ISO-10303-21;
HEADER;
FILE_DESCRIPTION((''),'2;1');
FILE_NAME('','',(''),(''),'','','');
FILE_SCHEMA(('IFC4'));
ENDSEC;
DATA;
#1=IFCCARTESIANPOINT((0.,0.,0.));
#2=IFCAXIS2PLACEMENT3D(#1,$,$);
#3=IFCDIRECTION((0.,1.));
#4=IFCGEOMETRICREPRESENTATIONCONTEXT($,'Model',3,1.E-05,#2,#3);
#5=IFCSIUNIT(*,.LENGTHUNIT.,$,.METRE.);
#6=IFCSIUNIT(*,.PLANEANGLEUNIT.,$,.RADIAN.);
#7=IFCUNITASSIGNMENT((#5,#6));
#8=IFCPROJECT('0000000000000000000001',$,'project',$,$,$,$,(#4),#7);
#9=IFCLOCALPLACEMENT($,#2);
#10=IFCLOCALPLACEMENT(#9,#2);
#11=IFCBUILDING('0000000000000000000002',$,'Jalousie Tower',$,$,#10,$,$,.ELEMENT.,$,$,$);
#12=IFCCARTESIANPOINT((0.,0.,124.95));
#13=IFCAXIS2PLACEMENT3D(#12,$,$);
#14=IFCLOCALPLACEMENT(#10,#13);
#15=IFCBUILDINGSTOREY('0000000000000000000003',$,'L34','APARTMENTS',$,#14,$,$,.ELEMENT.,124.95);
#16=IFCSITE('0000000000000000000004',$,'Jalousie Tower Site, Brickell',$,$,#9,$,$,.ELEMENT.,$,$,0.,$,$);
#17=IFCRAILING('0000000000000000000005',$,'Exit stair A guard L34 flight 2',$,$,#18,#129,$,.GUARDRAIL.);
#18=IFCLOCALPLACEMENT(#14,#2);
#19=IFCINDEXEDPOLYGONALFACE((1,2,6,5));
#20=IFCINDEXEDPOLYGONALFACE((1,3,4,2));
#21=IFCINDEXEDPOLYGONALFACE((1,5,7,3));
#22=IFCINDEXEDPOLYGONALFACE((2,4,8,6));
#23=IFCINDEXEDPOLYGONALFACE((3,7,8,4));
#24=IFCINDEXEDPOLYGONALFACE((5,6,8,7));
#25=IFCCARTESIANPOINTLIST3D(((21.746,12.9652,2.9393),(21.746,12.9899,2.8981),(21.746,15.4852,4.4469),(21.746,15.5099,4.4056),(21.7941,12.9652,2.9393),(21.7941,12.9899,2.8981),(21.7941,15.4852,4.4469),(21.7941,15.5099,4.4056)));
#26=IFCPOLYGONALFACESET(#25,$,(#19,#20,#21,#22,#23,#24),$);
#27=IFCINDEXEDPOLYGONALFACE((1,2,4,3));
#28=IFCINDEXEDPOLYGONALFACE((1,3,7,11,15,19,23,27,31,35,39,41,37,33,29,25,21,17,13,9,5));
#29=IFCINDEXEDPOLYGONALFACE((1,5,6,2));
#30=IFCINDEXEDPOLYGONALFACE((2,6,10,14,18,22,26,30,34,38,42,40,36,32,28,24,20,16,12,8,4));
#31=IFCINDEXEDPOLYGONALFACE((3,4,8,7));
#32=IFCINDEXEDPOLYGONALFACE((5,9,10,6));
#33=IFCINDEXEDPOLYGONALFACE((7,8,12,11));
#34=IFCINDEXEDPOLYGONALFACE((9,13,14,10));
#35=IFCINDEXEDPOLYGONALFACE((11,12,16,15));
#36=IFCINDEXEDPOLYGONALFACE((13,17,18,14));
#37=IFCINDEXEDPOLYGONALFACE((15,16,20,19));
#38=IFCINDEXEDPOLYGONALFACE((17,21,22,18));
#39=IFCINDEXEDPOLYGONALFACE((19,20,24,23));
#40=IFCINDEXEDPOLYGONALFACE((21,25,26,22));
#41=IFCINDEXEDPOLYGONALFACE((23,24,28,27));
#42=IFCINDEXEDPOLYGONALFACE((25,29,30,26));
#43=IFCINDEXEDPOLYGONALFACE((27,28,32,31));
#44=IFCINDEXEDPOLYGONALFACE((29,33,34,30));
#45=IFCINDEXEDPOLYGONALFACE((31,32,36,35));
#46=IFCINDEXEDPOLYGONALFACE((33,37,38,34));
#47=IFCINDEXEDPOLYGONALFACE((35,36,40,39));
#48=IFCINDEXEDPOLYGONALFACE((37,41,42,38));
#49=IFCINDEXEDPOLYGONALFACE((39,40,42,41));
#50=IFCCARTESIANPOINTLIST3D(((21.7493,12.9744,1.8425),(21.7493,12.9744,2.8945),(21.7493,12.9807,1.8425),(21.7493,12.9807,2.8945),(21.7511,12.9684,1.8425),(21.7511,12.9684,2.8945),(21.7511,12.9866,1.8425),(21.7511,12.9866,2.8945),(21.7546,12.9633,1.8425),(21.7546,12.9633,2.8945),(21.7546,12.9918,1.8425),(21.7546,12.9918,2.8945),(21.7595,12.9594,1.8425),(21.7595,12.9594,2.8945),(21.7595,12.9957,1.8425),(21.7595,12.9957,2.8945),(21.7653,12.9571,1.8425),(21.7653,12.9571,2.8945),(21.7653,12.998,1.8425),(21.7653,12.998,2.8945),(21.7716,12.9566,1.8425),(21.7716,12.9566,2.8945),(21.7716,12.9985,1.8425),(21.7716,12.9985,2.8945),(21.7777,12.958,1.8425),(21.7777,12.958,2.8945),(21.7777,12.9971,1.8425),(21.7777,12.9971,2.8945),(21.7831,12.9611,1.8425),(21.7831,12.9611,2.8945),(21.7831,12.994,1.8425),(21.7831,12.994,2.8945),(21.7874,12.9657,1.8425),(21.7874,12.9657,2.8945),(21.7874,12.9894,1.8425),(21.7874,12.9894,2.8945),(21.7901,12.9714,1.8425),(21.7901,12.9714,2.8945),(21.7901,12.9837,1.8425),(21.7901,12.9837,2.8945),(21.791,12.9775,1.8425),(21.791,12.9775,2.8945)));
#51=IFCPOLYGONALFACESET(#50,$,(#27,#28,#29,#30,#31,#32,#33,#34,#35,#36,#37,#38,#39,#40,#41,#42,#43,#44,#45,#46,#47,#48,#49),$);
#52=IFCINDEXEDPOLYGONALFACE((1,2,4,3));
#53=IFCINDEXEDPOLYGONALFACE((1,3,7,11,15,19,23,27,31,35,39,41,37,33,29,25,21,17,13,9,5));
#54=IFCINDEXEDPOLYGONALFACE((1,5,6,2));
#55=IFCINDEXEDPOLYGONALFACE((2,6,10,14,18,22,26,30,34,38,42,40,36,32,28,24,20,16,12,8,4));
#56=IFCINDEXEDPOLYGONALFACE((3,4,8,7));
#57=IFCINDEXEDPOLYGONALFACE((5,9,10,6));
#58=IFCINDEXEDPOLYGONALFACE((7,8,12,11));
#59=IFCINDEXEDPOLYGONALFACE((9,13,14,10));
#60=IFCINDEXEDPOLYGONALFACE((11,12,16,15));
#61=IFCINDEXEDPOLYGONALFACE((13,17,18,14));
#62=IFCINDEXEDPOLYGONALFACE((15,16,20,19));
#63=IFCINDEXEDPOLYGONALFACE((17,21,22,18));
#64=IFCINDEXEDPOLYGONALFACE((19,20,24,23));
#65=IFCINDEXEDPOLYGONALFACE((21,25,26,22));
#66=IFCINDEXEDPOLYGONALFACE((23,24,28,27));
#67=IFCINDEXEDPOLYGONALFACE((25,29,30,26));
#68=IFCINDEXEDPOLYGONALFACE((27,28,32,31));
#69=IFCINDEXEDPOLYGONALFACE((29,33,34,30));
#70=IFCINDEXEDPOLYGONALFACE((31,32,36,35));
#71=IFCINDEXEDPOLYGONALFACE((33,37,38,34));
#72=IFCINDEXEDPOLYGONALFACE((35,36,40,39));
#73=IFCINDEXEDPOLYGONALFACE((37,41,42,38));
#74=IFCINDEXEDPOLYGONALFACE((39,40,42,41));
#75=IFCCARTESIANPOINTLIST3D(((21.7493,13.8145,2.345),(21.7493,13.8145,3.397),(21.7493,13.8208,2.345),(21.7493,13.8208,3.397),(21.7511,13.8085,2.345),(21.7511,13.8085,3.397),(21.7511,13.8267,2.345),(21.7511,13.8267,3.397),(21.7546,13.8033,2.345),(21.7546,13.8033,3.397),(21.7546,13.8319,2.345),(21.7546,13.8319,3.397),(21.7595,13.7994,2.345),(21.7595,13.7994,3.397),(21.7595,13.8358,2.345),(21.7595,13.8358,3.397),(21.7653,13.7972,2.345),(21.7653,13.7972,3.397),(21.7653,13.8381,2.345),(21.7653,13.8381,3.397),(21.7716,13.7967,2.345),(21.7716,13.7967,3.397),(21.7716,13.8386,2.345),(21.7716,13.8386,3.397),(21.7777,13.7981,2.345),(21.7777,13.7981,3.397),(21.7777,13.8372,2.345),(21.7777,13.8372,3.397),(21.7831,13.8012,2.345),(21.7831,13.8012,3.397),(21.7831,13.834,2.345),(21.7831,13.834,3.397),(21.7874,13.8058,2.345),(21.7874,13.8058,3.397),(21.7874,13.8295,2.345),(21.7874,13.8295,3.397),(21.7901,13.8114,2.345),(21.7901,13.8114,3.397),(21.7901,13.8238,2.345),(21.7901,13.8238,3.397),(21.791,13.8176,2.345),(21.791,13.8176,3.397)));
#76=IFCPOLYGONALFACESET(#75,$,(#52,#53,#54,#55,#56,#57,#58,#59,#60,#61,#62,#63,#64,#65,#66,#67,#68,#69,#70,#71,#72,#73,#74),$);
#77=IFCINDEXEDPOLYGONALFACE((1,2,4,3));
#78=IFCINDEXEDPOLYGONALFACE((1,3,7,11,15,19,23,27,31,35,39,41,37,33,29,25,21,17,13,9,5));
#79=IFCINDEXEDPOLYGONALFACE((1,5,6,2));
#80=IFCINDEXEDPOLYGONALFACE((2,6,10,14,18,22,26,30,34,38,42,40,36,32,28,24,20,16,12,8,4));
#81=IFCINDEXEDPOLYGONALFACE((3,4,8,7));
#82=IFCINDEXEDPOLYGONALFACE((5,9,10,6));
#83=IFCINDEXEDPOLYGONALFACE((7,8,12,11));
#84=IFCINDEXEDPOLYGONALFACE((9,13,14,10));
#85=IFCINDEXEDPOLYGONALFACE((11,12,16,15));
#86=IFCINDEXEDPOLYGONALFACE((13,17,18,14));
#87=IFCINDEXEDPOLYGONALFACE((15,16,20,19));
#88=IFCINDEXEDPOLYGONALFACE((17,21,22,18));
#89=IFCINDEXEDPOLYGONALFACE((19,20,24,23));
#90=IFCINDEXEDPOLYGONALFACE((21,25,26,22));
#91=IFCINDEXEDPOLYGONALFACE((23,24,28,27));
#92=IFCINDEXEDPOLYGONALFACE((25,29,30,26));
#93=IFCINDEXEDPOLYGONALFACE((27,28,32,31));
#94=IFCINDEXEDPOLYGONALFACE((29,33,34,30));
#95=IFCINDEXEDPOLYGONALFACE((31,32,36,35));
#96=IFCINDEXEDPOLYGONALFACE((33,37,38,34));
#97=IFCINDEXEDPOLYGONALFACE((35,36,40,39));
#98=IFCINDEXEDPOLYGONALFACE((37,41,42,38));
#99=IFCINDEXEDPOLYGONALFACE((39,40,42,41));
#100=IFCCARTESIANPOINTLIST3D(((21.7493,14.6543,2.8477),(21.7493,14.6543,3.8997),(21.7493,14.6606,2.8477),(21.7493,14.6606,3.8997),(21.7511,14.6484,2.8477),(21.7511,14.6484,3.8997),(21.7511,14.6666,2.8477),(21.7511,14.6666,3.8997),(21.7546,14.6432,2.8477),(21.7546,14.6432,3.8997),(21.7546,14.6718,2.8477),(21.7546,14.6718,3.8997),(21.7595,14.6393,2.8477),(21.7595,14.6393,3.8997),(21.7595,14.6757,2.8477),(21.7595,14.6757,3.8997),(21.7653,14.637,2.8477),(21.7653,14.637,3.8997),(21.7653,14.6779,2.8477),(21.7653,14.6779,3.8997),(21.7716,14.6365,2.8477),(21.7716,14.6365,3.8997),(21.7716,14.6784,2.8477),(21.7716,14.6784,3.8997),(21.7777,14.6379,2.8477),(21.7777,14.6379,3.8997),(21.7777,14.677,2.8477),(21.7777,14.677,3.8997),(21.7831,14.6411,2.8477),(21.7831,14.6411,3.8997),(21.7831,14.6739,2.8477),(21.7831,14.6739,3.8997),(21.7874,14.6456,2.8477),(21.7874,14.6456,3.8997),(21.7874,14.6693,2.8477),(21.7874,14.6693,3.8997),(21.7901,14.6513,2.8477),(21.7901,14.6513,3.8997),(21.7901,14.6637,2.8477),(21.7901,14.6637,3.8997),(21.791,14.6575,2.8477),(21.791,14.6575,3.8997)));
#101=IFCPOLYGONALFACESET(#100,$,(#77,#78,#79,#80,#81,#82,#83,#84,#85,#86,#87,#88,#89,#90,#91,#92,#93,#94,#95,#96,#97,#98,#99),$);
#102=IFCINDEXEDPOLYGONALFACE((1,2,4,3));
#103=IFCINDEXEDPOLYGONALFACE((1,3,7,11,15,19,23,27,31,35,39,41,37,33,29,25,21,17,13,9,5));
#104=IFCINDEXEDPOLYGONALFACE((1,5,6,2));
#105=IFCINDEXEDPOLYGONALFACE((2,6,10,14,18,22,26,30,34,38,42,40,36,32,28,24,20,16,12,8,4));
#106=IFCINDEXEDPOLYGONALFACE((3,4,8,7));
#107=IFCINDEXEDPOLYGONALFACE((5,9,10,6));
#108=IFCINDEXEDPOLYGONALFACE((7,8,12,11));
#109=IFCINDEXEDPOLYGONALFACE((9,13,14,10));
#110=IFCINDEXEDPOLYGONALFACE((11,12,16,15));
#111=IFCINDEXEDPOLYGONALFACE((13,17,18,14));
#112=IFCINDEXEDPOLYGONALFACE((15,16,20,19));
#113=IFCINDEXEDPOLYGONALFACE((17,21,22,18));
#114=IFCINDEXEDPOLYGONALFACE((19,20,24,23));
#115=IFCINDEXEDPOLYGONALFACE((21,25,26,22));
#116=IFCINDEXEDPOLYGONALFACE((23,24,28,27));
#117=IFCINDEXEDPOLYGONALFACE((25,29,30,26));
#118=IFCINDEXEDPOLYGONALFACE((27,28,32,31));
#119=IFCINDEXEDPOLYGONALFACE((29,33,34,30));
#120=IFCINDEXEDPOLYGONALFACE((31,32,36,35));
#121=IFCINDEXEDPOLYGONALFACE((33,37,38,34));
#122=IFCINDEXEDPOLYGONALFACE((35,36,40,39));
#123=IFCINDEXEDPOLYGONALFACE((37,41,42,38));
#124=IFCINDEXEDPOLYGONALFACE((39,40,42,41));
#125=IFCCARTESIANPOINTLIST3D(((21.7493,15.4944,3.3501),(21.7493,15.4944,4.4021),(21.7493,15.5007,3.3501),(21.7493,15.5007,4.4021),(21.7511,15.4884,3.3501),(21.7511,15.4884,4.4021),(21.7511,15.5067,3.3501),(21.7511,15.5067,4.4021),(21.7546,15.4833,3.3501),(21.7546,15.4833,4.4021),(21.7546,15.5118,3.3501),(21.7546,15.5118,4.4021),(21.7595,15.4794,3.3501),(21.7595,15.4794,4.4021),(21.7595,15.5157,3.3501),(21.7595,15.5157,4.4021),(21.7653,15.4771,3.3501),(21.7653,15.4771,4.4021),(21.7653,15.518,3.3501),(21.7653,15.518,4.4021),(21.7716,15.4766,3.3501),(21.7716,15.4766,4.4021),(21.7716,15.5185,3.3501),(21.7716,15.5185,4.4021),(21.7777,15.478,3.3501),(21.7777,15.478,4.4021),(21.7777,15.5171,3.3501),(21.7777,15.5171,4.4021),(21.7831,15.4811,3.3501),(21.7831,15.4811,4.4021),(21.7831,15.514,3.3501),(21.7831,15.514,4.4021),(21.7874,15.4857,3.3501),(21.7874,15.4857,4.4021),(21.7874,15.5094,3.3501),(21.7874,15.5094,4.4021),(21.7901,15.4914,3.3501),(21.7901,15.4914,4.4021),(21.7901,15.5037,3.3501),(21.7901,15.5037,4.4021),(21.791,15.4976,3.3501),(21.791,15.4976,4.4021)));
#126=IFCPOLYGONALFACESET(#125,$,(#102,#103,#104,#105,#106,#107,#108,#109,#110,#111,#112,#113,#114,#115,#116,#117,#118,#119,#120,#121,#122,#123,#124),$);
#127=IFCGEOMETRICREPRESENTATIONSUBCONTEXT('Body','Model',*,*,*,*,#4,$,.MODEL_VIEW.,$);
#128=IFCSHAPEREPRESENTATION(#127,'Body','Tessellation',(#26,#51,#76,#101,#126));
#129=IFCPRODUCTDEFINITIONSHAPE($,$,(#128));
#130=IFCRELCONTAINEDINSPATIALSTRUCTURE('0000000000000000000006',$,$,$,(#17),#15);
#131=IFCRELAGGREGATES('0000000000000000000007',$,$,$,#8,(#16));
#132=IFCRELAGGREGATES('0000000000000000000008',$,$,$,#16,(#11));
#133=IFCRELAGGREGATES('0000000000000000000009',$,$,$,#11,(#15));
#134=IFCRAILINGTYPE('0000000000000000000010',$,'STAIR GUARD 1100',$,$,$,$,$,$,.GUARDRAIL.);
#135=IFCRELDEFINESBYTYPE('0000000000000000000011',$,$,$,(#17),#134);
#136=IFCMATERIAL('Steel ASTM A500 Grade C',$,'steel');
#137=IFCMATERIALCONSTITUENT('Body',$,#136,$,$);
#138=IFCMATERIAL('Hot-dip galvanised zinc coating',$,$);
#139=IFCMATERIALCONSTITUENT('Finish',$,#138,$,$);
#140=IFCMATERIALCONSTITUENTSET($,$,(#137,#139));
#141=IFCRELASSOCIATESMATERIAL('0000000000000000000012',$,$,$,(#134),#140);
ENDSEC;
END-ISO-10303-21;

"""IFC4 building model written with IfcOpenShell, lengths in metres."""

from ifc_helpers import new_model, si_unit, direction, frame, origin, origin_2d, place, context, subcontext, project, spatial, rectangle, circle, extrude, material, constituent, constituent_set, type_object, element, save


model = new_model("IFC4")

# Units and contexts
model_context = context("Model", 3, precision=1e-05, world=origin(), true_north=direction((0.0, 1.0)))
body_context = subcontext(model_context, "Body", "Model", "MODEL_VIEW")
ifc_project = project(units=[si_unit("LENGTHUNIT", "METRE"), si_unit("PLANEANGLEUNIT", "RADIAN")], contexts=[model_context])

# Site, building, storey
site_placement = place(None, origin())
site = spatial("IfcSite", under=ifc_project, at=site_placement, Name="Jalousie Tower Site, Brickell", CompositionType="ELEMENT", RefElevation=0.0)
building_placement = place(site_placement, origin())
building = spatial("IfcBuilding", under=site, at=building_placement, Name="Jalousie Tower", CompositionType="ELEMENT")
storey_placement = place(building_placement, frame((0.0, 0.0, 124.95)))
storey = spatial("IfcBuildingStorey", under=building, at=storey_placement, Name="L34", Description="APARTMENTS", CompositionType="ELEMENT", Elevation=124.95)

# Railing
ifc_material_1 = material(Name="Steel ASTM A500 Grade C", Category="steel")
ifc_constituent_1 = constituent(ifc_material_1, Name="Body")
ifc_material_2 = material(Name="Hot-dip galvanised zinc coating")
ifc_constituent_2 = constituent(ifc_material_2, Name="Finish")
ifc_constituent_set_1 = constituent_set(constituents=[ifc_constituent_1, ifc_constituent_2])
railing_type_1 = type_object("IfcRailingType", Name="STAIR GUARD 1100", PredefinedType="GUARDRAIL", material=ifc_constituent_set_1)
railing_1_placement = place(storey_placement, frame((21.77, 12.9775, 1.8425)))
element("IfcRailing", 1, at=railing_1_placement, inside=storey, type_object=railing_type_1, Name="Exit stair A guard L34 flight 2", PredefinedType="GUARDRAIL", context=body_context, shape_type="SweptSolid", body=[
    extrude(rectangle(XDim=0.0481, YDim=0.0481, at=origin_2d()), frame((0.0, 0.0, 1.0762), z_axis=(0.0, 0.85816, 0.513383), x_axis=(-1.0, 0.0, 0.0)), (0.0, 0.0, 1.0), 2.9365),
    extrude(circle(Radius=0.021, at=origin_2d()), origin(), (0.0, 0.0, 1.0), 1.052),
    extrude(circle(Radius=0.021, at=origin_2d()), frame((0.0, 0.8401, 0.5024)), (0.0, 0.0, 1.0), 1.052),
    extrude(circle(Radius=0.021, at=origin_2d()), frame((0.0, 1.6799, 1.0051)), (0.0, 0.0, 1.0), 1.052),
    extrude(circle(Radius=0.021, at=origin_2d()), frame((0.0, 2.52, 1.5076)), (0.0, 0.0, 1.0), 1.052),
])

save(model, "model.ifc")
